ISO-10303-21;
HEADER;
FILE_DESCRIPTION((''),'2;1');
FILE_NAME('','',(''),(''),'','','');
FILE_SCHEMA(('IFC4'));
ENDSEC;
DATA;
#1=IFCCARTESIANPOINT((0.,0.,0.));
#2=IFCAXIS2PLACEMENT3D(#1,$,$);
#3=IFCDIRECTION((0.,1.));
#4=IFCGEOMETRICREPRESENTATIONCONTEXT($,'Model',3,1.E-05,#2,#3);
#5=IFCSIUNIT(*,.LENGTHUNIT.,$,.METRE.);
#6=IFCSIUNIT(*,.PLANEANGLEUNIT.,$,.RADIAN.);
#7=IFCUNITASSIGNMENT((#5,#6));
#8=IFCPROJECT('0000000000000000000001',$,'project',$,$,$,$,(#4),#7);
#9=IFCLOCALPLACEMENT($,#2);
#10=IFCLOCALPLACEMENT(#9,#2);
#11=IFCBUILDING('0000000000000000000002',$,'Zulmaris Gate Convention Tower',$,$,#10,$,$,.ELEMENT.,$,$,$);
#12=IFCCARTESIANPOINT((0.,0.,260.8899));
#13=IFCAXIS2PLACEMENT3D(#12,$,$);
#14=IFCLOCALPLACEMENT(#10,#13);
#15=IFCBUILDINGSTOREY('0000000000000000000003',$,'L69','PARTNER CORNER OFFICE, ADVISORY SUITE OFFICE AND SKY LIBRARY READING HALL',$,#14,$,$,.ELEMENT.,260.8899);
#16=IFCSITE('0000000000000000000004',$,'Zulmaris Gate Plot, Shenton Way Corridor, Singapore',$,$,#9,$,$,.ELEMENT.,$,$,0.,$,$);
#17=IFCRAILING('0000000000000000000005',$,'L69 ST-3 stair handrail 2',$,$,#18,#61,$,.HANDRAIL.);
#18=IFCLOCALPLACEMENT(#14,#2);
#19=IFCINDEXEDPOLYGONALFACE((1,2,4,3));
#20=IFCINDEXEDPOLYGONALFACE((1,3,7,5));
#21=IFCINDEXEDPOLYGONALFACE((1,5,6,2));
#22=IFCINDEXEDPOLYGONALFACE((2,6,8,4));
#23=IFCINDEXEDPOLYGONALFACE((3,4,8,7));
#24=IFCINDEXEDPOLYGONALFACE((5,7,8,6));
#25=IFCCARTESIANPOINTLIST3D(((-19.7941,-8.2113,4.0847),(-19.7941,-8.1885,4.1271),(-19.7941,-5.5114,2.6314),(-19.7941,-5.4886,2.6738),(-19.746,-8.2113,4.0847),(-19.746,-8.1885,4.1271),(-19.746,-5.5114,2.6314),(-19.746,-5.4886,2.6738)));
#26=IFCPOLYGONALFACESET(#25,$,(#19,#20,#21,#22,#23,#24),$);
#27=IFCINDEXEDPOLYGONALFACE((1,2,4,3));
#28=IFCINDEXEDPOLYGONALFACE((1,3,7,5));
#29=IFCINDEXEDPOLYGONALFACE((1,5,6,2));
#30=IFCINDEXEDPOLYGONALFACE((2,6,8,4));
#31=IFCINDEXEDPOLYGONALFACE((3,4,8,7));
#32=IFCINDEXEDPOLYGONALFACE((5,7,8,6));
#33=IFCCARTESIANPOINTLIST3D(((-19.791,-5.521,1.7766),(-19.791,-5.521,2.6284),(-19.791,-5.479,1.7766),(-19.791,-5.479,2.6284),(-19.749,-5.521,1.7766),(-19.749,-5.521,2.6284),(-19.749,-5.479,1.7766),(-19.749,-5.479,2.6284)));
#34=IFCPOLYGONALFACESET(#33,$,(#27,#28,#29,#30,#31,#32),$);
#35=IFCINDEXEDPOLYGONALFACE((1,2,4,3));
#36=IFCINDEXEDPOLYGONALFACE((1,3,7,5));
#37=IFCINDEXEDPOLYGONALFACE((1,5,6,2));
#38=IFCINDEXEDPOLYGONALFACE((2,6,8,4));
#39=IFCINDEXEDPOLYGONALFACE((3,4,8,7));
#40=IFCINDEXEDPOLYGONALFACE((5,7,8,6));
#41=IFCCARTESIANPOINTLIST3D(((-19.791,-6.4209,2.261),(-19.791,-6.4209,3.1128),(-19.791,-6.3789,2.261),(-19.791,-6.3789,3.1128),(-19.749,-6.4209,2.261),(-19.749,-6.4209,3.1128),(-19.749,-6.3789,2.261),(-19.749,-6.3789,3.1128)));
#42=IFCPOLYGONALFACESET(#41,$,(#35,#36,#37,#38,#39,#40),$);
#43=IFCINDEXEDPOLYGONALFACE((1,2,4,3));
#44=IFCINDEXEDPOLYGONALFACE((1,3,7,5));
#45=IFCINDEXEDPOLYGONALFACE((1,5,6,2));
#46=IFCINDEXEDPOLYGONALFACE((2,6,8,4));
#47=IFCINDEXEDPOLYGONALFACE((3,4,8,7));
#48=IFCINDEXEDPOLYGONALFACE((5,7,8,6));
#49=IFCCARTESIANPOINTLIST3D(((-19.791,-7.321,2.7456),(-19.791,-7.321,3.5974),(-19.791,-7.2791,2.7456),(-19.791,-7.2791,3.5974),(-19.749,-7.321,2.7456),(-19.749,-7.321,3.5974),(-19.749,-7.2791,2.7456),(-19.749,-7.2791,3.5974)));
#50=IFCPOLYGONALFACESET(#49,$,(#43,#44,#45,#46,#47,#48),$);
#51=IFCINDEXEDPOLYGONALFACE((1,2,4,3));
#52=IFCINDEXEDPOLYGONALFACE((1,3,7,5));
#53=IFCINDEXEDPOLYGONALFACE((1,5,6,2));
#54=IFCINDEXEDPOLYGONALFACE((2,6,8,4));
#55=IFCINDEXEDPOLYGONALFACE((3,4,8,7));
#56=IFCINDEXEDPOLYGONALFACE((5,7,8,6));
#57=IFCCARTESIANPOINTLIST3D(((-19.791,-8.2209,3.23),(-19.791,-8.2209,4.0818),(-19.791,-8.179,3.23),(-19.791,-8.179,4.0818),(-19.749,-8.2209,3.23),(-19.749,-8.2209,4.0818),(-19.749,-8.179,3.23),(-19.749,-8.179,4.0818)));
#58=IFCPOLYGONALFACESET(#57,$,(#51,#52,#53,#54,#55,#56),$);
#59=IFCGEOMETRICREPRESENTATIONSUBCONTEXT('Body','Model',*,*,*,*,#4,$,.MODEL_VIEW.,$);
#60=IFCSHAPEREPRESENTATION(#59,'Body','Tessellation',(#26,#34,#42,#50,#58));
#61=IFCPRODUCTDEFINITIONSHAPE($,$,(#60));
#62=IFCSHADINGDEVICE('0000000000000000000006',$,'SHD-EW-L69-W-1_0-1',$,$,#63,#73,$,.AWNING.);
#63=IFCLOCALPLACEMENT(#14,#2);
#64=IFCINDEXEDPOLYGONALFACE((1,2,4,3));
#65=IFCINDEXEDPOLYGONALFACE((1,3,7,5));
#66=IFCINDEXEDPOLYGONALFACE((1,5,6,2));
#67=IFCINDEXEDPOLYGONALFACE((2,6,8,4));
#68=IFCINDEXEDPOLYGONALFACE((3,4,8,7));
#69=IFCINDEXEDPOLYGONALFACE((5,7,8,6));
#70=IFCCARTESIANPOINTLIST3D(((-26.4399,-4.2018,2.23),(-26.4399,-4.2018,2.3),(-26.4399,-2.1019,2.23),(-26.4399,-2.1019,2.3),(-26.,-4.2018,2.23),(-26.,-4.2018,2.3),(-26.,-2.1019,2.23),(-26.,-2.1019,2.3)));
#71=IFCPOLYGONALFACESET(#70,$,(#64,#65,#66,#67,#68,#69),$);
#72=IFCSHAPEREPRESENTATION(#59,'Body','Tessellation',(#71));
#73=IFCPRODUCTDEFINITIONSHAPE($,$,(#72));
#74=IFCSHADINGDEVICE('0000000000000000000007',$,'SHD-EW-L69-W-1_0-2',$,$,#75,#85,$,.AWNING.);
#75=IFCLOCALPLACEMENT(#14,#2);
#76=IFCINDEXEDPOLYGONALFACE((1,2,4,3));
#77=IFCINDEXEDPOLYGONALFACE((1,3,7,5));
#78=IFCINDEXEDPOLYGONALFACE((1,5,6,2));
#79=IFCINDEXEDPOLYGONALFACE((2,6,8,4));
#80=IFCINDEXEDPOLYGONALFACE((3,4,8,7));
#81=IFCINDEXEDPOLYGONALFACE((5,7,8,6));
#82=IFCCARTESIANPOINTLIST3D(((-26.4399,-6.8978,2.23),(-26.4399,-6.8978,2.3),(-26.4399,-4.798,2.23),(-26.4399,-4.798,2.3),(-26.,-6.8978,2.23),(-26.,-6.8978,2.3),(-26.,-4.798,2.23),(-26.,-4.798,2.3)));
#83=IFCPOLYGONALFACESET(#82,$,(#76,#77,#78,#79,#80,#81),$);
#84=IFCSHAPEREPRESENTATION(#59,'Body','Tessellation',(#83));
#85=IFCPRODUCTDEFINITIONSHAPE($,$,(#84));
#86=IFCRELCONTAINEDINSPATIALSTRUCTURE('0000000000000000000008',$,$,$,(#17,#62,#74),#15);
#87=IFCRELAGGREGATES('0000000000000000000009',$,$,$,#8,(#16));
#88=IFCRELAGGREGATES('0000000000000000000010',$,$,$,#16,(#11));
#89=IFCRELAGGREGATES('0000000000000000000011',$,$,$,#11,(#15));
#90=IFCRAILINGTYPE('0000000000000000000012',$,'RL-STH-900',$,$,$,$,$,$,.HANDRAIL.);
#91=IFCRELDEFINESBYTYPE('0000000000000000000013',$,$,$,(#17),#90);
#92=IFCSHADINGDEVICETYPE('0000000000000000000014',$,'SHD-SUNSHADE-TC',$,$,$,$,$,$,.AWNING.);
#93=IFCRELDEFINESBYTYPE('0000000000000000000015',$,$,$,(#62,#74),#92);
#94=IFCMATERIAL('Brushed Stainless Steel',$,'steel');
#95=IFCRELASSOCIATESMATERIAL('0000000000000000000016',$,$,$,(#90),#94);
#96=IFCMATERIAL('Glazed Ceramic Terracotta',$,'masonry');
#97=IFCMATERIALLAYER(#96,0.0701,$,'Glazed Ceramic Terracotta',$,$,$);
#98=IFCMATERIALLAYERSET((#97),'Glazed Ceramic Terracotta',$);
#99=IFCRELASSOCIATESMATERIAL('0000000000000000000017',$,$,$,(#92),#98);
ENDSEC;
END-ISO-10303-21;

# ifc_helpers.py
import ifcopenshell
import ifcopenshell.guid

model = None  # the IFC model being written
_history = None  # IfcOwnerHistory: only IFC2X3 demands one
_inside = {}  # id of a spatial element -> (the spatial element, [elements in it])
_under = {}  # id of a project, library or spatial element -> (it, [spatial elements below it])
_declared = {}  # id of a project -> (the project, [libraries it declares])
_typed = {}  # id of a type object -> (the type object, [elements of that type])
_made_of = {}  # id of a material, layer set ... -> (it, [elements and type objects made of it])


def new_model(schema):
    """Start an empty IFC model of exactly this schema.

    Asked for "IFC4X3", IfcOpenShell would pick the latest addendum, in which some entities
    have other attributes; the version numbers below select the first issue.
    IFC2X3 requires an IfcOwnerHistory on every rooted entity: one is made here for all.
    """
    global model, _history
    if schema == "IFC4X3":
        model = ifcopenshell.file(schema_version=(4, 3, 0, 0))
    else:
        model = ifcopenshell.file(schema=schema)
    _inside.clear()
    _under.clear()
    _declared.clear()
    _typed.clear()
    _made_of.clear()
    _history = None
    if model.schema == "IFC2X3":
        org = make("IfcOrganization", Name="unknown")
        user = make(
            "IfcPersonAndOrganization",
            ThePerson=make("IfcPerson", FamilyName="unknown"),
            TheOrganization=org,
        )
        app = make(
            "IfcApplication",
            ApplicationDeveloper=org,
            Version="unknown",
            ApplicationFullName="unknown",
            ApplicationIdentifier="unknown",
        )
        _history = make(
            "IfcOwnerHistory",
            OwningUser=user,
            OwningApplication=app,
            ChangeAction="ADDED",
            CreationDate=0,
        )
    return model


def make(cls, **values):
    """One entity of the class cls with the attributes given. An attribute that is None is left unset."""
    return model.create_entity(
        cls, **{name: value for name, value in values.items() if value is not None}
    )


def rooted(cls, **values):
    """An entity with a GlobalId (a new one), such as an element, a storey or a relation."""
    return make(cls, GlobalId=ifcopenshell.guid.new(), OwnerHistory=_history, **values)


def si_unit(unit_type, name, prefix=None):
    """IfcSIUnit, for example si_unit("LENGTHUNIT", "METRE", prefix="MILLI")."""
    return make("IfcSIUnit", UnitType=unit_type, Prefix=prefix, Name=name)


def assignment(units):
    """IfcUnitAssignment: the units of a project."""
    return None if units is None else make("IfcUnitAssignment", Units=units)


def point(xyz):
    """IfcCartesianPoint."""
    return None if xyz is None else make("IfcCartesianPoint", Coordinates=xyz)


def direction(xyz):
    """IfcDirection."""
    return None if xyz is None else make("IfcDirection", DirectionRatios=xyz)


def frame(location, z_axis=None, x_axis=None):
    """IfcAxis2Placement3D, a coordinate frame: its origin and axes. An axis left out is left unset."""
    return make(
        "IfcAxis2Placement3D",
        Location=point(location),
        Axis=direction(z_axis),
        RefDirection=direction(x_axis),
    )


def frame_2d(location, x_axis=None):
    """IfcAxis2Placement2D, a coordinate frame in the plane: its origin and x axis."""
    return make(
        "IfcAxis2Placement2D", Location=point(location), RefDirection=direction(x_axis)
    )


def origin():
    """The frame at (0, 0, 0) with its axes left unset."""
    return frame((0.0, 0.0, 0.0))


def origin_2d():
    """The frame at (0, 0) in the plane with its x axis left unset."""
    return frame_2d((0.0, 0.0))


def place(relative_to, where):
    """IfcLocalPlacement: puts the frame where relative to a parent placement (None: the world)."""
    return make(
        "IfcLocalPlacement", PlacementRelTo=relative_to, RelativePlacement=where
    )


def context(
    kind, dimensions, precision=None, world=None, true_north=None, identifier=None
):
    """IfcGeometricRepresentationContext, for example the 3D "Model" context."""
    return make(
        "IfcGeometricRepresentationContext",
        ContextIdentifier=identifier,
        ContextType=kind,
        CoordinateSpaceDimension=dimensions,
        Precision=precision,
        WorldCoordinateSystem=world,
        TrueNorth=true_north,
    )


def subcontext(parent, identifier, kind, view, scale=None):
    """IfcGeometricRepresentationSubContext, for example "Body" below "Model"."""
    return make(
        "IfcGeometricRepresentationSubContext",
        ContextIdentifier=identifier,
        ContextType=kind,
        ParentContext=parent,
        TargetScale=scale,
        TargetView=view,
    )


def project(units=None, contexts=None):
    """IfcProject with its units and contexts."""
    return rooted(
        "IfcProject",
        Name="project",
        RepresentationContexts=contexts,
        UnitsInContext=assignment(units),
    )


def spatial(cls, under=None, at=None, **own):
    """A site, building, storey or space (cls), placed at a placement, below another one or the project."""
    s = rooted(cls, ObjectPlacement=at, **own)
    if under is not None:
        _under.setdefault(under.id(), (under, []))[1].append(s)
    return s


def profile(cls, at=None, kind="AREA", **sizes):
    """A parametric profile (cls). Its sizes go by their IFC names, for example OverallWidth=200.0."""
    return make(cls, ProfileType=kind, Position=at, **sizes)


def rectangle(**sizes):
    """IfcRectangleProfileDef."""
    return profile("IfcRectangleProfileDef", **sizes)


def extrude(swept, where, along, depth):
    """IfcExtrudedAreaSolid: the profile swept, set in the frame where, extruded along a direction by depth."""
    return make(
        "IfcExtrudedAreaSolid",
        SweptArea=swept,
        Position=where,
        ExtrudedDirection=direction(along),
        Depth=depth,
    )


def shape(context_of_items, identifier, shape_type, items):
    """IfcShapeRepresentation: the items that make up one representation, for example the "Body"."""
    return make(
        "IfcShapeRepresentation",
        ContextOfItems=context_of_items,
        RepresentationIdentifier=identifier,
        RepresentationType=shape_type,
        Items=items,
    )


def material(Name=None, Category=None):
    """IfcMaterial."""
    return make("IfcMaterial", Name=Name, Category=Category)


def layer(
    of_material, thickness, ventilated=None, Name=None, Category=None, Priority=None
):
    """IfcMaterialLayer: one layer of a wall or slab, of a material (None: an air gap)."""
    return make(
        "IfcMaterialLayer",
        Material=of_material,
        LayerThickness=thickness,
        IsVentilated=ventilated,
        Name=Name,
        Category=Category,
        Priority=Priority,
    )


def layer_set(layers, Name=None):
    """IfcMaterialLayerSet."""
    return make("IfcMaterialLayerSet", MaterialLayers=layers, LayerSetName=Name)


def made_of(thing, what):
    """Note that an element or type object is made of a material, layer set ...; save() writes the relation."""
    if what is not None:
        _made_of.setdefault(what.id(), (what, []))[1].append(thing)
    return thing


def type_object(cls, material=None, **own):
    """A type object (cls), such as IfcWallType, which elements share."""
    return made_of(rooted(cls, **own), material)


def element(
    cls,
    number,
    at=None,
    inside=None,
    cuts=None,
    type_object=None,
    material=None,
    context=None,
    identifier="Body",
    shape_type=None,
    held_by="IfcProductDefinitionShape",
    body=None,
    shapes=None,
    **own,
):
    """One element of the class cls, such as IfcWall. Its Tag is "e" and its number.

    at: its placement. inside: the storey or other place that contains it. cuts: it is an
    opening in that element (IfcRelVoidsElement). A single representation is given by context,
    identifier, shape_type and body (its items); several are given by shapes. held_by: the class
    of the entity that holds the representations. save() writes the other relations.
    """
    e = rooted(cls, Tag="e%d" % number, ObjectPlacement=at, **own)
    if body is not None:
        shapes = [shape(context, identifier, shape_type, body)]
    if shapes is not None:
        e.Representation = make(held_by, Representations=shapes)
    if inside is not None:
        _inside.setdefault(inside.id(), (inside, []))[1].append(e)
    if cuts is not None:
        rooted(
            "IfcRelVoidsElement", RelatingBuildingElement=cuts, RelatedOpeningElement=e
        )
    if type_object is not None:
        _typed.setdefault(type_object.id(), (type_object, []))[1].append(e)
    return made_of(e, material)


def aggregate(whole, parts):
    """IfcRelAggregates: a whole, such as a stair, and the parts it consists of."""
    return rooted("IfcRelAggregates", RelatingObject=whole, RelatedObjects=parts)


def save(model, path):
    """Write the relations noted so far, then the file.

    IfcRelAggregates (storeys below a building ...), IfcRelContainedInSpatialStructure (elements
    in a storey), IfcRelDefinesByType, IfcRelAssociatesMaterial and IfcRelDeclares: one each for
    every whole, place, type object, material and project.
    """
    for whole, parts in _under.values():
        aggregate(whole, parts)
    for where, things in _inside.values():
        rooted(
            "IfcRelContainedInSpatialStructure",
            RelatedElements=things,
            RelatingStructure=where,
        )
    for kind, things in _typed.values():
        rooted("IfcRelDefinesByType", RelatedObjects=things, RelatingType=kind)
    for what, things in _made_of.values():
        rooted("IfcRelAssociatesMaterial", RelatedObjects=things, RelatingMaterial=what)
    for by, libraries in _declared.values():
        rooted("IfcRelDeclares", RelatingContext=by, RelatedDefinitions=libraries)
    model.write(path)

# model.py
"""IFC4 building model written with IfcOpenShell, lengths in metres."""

from ifc_helpers import new_model, si_unit, direction, frame, frame_2d, origin, origin_2d, place, context, subcontext, project, spatial, rectangle, extrude, material, layer, layer_set, type_object, element, save


model = new_model("IFC4")

# Units and contexts
model_context = context("Model", 3, precision=1e-05, world=origin(), true_north=direction((0.0, 1.0)))
body_context = subcontext(model_context, "Body", "Model", "MODEL_VIEW")
ifc_project = project(units=[si_unit("LENGTHUNIT", "METRE"), si_unit("PLANEANGLEUNIT", "RADIAN")], contexts=[model_context])

# Site, building, storey
site_placement = place(None, origin())
site = spatial("IfcSite", under=ifc_project, at=site_placement, Name="Zulmaris Gate Plot, Shenton Way Corridor, Singapore", CompositionType="ELEMENT", RefElevation=0.0)
building_placement = place(site_placement, origin())
building = spatial("IfcBuilding", under=site, at=building_placement, Name="Zulmaris Gate Convention Tower", CompositionType="ELEMENT")
storey_placement = place(building_placement, frame((0.0, 0.0, 260.8899)))
storey = spatial("IfcBuildingStorey", under=building, at=storey_placement, Name="L69", Description="PARTNER CORNER OFFICE, ADVISORY SUITE OFFICE AND SKY LIBRARY READING HALL", CompositionType="ELEMENT", Elevation=260.8899)

# Railing
ifc_material_1 = material(Name="Brushed Stainless Steel", Category="steel")
railing_type_1 = type_object("IfcRailingType", Name="RL-STH-900", PredefinedType="HANDRAIL", material=ifc_material_1)
railing_1_placement = place(storey_placement, frame((-19.77, -5.5, 1.7766)))
element("IfcRailing", 1, at=railing_1_placement, inside=storey, type_object=railing_type_1, Name="L69 ST-3 stair handrail 2", PredefinedType="HANDRAIL", context=body_context, shape_type="SweptSolid", body=[
    extrude(rectangle(XDim=0.0481, YDim=0.0481, at=origin_2d()), frame((0.0, 0.0, 0.876), z_axis=(0.0, -0.880532, 0.473986), x_axis=(1.0, 0.0, 0.0)), (0.0, 0.0, 1.0), 3.0662),
    extrude(rectangle(XDim=0.042, YDim=0.042, at=origin_2d()), origin(), (0.0, 0.0, 1.0), 0.8518),
    extrude(rectangle(XDim=0.042, YDim=0.042, at=origin_2d()), frame((0.0, -0.8999, 0.4844)), (0.0, 0.0, 1.0), 0.8518),
    extrude(rectangle(XDim=0.042, YDim=0.042, at=origin_2d()), frame((0.0, -1.8, 0.969)), (0.0, 0.0, 1.0), 0.8518),
    extrude(rectangle(XDim=0.042, YDim=0.042, at=origin_2d()), frame((0.0, -2.7, 1.4534)), (0.0, 0.0, 1.0), 0.8518),
])

# Shading devices
ifc_material_2 = material(Name="Glazed Ceramic Terracotta", Category="masonry")
ifc_layer_1 = layer(ifc_material_2, 0.0701, Name="Glazed Ceramic Terracotta")
ifc_layer_set_1 = layer_set([ifc_layer_1], Name="Glazed Ceramic Terracotta")
shading_device_type = type_object("IfcShadingDeviceType", Name="SHD-SUNSHADE-TC", PredefinedType="AWNING", material=ifc_layer_set_1)
for number, where, z_axis, x_axis, name in (
    (2, (-26.22, -2.1021, 2.23), (0.0, 0.0, 1.0), (0.0, -1.0, 0.0), "SHD-EW-L69-W-1_0-1"),
    (3, (-26.22, -4.7981, 2.23), (0.0, 0.0, 1.0), (0.0, -1.0, 0.0), "SHD-EW-L69-W-1_0-2"),
):
    element("IfcShadingDevice", number, at=place(storey_placement, frame(where, z_axis=z_axis, x_axis=x_axis)), inside=storey, type_object=shading_device_type, Name=name, PredefinedType="AWNING", context=body_context, shape_type="SweptSolid", body=[
        extrude(rectangle(XDim=2.0999, YDim=0.4399, at=frame_2d((1.0498, 0.0))), origin(), (0.0, 0.0, 1.0), 0.0701),
    ])

save(model, "model.ifc")
